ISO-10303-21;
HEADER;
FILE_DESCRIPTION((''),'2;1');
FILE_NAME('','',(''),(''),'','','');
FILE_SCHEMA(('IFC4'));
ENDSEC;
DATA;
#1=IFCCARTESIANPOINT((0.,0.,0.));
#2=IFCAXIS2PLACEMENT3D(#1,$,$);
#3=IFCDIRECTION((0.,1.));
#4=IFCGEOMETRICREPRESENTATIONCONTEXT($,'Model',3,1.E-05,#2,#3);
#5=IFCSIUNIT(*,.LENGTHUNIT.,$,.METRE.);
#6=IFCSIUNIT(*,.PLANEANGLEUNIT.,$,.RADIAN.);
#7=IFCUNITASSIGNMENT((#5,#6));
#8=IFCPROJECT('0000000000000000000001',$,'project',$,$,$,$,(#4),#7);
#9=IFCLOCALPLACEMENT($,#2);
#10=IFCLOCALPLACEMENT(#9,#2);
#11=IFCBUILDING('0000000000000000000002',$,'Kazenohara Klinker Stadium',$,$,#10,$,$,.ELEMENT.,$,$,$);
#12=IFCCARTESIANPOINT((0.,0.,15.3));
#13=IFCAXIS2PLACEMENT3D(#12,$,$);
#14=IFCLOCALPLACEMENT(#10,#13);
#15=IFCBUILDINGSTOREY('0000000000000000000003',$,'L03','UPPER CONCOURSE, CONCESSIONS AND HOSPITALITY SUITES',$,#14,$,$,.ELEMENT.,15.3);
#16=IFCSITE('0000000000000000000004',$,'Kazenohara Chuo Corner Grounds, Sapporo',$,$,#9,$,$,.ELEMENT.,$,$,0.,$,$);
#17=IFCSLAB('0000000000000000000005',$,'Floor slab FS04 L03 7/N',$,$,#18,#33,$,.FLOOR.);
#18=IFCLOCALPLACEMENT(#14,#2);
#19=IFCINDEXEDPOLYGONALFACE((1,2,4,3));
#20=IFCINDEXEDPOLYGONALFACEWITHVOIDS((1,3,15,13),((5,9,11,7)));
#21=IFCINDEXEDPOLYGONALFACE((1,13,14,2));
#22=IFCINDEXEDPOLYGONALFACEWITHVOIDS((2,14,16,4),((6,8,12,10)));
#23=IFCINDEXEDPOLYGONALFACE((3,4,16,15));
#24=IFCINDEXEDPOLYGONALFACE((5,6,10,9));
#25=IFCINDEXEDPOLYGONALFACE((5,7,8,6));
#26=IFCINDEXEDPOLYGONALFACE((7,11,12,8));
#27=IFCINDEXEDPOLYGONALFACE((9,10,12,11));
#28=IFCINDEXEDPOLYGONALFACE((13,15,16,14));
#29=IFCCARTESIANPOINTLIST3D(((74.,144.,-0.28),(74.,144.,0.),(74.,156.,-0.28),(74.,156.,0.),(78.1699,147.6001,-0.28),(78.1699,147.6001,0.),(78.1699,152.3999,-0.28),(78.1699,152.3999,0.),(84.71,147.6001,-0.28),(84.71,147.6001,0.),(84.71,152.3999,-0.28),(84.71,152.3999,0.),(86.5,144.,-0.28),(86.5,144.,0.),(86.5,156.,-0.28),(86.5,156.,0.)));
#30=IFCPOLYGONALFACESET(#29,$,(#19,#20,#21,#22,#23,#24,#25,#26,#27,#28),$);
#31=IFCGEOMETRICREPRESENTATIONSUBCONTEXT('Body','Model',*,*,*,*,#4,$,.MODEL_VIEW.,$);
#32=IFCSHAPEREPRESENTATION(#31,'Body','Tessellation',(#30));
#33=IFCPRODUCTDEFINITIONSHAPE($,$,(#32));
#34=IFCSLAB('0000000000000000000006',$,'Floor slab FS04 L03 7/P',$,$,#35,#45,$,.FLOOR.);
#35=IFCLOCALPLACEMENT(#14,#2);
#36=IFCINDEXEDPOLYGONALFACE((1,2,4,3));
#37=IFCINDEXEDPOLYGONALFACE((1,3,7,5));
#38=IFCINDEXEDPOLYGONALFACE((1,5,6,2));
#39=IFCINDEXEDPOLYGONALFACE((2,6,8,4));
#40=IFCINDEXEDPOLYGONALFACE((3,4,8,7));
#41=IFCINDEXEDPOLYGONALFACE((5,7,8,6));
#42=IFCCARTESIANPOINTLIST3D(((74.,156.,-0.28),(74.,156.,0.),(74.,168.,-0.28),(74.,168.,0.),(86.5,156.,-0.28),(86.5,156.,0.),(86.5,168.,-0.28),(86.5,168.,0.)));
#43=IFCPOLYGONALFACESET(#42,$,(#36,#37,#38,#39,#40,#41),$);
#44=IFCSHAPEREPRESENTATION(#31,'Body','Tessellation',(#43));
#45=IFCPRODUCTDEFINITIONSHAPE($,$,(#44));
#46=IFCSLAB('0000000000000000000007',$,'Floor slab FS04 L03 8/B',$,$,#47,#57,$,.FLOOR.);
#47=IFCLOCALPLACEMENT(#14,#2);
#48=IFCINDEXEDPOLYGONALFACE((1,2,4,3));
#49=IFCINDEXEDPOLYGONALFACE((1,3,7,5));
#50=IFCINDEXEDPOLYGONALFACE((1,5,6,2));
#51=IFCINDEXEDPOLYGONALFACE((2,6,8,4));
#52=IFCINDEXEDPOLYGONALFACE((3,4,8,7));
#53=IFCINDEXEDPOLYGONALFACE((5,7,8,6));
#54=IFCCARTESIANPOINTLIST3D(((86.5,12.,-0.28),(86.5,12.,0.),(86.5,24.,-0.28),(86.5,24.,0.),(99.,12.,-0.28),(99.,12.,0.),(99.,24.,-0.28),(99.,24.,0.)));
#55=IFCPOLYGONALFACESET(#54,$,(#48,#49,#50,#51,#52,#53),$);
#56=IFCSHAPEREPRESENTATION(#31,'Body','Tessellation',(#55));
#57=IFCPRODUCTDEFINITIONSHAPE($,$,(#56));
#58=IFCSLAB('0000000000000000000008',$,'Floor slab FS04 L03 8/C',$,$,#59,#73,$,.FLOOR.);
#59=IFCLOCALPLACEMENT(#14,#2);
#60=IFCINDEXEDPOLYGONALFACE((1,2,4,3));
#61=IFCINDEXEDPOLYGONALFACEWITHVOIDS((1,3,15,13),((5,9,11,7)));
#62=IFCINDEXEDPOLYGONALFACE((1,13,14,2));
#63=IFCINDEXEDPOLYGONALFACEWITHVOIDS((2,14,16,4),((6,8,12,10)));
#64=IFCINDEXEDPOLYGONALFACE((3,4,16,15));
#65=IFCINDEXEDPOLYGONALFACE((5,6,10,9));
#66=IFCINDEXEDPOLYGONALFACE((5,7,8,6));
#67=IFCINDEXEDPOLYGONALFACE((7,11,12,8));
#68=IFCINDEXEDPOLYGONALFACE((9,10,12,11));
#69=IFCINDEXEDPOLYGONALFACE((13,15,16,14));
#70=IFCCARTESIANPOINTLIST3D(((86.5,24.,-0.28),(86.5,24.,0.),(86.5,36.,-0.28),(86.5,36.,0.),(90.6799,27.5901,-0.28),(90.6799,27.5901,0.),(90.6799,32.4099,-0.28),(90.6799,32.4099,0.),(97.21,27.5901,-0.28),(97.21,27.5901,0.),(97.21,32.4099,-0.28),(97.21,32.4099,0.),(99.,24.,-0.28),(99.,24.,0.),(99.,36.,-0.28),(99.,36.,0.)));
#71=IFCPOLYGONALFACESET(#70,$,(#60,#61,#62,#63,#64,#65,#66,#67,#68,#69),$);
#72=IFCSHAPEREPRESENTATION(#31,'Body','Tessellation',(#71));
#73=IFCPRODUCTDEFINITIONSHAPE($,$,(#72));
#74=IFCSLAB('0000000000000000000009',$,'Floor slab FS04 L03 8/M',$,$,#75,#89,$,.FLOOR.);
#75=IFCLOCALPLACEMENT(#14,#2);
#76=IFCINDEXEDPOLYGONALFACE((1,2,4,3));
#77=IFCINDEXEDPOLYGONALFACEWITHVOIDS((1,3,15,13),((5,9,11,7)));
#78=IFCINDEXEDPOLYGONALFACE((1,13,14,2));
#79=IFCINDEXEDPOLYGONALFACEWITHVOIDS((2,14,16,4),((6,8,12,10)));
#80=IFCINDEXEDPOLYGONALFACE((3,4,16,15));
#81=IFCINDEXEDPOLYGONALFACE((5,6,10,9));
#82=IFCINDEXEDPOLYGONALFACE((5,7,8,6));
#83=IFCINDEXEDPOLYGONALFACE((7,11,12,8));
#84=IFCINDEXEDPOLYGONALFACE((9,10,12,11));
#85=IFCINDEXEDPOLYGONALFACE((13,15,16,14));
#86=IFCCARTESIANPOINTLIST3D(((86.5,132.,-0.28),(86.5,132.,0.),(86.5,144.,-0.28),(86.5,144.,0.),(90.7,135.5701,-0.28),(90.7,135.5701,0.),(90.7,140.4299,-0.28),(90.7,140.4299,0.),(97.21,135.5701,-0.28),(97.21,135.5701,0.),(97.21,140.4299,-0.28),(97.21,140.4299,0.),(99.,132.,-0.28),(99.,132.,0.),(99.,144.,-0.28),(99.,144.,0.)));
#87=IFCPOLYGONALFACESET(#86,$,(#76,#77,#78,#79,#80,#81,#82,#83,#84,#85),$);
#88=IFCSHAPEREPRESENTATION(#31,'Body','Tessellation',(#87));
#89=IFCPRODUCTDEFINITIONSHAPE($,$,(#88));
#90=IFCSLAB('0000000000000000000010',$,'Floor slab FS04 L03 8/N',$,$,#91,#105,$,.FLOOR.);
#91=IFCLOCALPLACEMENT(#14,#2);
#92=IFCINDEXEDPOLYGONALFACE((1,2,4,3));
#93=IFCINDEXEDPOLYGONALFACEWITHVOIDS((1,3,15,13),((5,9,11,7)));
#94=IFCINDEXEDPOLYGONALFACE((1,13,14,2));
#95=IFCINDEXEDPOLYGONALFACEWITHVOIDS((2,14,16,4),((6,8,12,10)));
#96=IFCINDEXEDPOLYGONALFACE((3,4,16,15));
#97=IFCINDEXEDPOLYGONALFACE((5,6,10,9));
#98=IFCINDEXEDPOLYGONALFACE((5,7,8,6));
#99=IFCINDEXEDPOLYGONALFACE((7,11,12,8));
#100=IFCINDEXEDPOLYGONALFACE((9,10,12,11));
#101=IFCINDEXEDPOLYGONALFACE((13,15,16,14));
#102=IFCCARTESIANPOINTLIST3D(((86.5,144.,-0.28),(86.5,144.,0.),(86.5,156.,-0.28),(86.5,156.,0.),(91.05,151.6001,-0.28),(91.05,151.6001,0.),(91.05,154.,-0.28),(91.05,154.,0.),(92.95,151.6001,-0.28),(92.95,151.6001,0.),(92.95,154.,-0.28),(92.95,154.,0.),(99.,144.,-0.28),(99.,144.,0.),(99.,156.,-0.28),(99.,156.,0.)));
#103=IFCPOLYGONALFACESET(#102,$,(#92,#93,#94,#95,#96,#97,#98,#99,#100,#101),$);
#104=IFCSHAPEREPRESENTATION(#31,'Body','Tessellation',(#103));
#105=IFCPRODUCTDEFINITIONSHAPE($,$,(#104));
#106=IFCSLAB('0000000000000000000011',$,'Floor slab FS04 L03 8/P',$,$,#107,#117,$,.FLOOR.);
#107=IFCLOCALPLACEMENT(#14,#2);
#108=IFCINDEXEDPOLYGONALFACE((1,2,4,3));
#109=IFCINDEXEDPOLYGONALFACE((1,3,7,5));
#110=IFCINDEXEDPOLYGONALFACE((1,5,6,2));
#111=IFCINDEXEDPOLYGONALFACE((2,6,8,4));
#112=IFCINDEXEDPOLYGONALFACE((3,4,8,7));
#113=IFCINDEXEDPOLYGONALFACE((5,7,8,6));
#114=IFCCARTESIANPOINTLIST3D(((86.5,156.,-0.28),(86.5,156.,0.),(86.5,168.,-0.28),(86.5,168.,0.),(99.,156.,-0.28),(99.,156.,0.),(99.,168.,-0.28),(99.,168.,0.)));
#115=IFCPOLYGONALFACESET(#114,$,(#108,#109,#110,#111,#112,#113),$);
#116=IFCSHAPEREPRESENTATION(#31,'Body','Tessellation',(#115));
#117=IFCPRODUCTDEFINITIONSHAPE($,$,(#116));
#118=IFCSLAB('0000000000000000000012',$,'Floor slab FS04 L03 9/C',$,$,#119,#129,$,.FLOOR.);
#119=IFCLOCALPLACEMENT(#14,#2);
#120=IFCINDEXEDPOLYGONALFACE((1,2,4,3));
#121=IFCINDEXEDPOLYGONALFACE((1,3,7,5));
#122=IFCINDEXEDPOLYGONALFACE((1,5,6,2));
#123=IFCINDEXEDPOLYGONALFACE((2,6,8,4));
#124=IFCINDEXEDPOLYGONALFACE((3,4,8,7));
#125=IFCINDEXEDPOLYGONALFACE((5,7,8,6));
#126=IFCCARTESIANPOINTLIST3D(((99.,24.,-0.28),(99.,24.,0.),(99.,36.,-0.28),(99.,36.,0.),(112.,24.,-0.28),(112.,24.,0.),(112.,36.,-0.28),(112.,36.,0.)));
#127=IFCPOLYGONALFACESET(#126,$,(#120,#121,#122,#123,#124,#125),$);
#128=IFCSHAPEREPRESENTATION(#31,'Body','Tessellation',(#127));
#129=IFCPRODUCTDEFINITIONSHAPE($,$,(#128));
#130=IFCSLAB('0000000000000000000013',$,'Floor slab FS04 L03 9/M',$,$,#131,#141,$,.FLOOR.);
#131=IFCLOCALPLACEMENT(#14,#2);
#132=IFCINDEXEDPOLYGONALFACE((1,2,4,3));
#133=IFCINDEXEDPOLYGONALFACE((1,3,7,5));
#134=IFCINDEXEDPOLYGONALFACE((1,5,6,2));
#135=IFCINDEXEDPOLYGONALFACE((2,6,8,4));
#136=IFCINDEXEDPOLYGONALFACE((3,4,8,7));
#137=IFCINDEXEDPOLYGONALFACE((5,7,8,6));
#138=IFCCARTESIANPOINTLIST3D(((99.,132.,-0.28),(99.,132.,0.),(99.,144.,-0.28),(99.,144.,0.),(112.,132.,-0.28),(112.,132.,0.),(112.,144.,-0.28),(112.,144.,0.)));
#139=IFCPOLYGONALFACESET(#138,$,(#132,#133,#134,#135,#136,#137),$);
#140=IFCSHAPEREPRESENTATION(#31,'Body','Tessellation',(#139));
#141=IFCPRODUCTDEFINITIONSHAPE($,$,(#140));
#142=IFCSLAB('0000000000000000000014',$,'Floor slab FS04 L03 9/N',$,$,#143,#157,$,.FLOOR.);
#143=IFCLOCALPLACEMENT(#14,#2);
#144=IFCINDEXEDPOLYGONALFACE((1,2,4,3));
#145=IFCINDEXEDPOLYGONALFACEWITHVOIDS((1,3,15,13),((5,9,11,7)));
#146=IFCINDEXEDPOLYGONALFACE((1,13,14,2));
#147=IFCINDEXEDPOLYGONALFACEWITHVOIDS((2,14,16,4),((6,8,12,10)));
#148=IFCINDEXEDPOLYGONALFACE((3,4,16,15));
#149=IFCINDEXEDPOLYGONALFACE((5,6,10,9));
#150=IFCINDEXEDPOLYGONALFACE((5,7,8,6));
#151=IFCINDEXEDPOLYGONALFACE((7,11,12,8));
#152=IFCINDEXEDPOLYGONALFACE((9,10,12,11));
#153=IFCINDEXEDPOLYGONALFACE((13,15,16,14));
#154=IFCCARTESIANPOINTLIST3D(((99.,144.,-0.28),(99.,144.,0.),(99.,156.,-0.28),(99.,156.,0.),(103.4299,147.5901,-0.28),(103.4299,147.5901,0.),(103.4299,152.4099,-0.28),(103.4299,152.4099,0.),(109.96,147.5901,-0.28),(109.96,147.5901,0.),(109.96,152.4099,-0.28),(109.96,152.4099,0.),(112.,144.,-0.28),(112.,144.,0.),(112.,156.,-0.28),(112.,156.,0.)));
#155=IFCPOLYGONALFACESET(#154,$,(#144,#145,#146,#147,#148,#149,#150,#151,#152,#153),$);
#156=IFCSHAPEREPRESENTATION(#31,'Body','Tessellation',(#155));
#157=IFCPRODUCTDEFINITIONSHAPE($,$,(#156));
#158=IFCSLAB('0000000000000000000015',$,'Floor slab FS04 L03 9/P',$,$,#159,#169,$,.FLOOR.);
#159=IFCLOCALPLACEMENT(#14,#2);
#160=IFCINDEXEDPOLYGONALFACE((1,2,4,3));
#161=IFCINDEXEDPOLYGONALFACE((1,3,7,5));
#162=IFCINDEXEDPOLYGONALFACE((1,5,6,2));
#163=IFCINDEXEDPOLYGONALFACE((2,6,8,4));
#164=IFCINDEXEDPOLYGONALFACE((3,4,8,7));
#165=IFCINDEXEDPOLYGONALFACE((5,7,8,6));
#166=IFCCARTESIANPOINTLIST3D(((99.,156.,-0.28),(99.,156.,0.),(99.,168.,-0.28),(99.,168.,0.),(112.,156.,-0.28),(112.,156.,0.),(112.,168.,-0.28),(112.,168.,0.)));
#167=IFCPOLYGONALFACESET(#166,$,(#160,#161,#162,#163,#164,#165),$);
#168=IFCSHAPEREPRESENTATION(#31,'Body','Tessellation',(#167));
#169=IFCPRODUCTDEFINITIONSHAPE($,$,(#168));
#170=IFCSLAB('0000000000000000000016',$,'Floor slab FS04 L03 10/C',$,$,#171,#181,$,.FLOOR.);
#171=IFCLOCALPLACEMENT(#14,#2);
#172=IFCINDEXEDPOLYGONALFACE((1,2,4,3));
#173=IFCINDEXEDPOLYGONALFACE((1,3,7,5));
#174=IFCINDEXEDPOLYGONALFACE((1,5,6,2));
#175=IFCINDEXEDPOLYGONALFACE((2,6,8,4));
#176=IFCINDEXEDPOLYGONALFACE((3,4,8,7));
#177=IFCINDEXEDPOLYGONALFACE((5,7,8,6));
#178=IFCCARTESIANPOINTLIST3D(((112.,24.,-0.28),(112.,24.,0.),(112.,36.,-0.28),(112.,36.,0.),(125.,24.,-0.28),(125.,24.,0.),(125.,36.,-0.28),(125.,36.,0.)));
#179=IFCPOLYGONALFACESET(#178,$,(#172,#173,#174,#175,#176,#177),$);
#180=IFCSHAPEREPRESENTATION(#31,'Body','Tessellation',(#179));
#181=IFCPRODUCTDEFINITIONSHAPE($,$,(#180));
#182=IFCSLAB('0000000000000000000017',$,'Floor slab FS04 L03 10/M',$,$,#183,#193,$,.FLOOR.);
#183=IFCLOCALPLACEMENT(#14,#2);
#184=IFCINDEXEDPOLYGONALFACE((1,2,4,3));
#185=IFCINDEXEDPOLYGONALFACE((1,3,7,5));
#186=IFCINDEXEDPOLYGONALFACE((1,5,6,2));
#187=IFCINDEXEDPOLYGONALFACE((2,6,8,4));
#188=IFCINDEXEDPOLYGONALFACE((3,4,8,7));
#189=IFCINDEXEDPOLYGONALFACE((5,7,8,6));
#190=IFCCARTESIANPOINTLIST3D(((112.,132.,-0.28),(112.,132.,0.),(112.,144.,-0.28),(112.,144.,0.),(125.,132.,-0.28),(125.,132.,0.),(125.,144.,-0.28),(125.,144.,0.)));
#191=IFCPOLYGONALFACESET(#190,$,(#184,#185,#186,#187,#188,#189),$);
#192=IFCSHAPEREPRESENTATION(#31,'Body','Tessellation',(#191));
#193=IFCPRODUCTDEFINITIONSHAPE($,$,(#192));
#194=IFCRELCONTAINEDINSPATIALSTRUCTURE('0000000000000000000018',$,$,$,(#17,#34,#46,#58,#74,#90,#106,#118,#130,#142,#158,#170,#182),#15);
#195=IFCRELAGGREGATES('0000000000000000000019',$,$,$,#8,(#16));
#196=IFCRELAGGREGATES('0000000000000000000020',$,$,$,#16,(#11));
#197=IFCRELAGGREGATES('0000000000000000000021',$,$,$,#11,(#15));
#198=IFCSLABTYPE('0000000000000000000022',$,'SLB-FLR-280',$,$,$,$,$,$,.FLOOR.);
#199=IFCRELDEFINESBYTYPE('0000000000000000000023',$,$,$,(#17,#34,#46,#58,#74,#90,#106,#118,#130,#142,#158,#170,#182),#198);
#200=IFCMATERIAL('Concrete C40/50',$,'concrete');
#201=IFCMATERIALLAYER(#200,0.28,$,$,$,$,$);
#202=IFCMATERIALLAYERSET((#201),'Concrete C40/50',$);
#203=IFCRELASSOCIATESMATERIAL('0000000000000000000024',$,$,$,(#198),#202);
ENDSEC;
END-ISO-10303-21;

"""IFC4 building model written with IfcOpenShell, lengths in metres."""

from ifc_helpers import new_model, si_unit, direction, frame, origin, place, context, subcontext, project, spatial, polyline, outline, extrude, material, layer, layer_set, type_object, element, save


model = new_model("IFC4")

# Units and contexts
model_context = context("Model", 3, precision=1e-05, world=origin(), true_north=direction((0.0, 1.0)))
body_context = subcontext(model_context, "Body", "Model", "MODEL_VIEW")
ifc_project = project(units=[si_unit("LENGTHUNIT", "METRE"), si_unit("PLANEANGLEUNIT", "RADIAN")], contexts=[model_context])

# Site, building, storey
site_placement = place(None, origin())
site = spatial("IfcSite", under=ifc_project, at=site_placement, Name="Kazenohara Chuo Corner Grounds, Sapporo", CompositionType="ELEMENT", RefElevation=0.0)
building_placement = place(site_placement, origin())
building = spatial("IfcBuilding", under=site, at=building_placement, Name="Kazenohara Klinker Stadium", CompositionType="ELEMENT")
storey_placement = place(building_placement, frame((0.0, 0.0, 15.3)))
storey = spatial("IfcBuildingStorey", under=building, at=storey_placement, Name="L03", Description="UPPER CONCOURSE, CONCESSIONS AND HOSPITALITY SUITES", CompositionType="ELEMENT", Elevation=15.3)

# Slabs
ifc_material = material(Name="Concrete C40/50", Category="concrete")
ifc_layer = layer(ifc_material, 0.28)
ifc_layer_set = layer_set([ifc_layer], Name="Concrete C40/50")
slab_type = type_object("IfcSlabType", Name="SLB-FLR-280", PredefinedType="FLOOR", material=ifc_layer_set)
slab_1_placement = place(storey_placement, frame((0.0, 0.0, -0.28)))
element("IfcSlab", 1, at=slab_1_placement, inside=storey, type_object=slab_type, Name="Floor slab FS04 L03 7/N", PredefinedType="FLOOR", context=body_context, shape_type="SweptSolid", body=[
    extrude(outline(polyline([(74.0, 144.0), (86.5, 144.0), (86.5, 156.0), (74.0, 156.0), (74.0, 144.0)]), holes=[polyline([(78.1699, 147.6001), (84.71, 147.6001), (84.71, 152.3999), (78.1699, 152.3999), (78.1699, 147.6001)])]), origin(), (0.0, 0.0, 1.0), 0.28),
])
slab_2_placement = place(storey_placement, frame((0.0, 0.0, -0.28)))
element("IfcSlab", 2, at=slab_2_placement, inside=storey, type_object=slab_type, Name="Floor slab FS04 L03 7/P", PredefinedType="FLOOR", context=body_context, shape_type="SweptSolid", body=[
    extrude(outline(polyline([(74.0, 156.0), (86.5, 156.0), (86.5, 168.0), (74.0, 168.0), (74.0, 156.0)])), origin(), (0.0, 0.0, 1.0), 0.28),
])
slab_3_placement = place(storey_placement, frame((0.0, 0.0, -0.28)))
element("IfcSlab", 3, at=slab_3_placement, inside=storey, type_object=slab_type, Name="Floor slab FS04 L03 8/B", PredefinedType="FLOOR", context=body_context, shape_type="SweptSolid", body=[
    extrude(outline(polyline([(86.5, 12.0), (99.0, 12.0), (99.0, 24.0), (86.5, 24.0), (86.5, 12.0)])), origin(), (0.0, 0.0, 1.0), 0.28),
])
slab_4_placement = place(storey_placement, frame((0.0, 0.0, -0.28)))
element("IfcSlab", 4, at=slab_4_placement, inside=storey, type_object=slab_type, Name="Floor slab FS04 L03 8/C", PredefinedType="FLOOR", context=body_context, shape_type="SweptSolid", body=[
    extrude(outline(polyline([(86.5, 24.0), (99.0, 24.0), (99.0, 36.0), (86.5, 36.0), (86.5, 24.0)]), holes=[polyline([(90.6799, 27.5901), (97.21, 27.5901), (97.21, 32.4099), (90.6799, 32.4099), (90.6799, 27.5901)])]), origin(), (0.0, 0.0, 1.0), 0.28),
])
slab_5_placement = place(storey_placement, frame((0.0, 0.0, -0.28)))
element("IfcSlab", 5, at=slab_5_placement, inside=storey, type_object=slab_type, Name="Floor slab FS04 L03 8/M", PredefinedType="FLOOR", context=body_context, shape_type="SweptSolid", body=[
    extrude(outline(polyline([(86.5, 132.0), (99.0, 132.0), (99.0, 144.0), (86.5, 144.0), (86.5, 132.0)]), holes=[polyline([(90.7, 135.5701), (97.21, 135.5701), (97.21, 140.4299), (90.7, 140.4299), (90.7, 135.5701)])]), origin(), (0.0, 0.0, 1.0), 0.28),
])
slab_6_placement = place(storey_placement, frame((0.0, 0.0, -0.28)))
element("IfcSlab", 6, at=slab_6_placement, inside=storey, type_object=slab_type, Name="Floor slab FS04 L03 8/N", PredefinedType="FLOOR", context=body_context, shape_type="SweptSolid", body=[
    extrude(outline(polyline([(86.5, 144.0), (99.0, 144.0), (99.0, 156.0), (86.5, 156.0), (86.5, 144.0)]), holes=[polyline([(91.05, 151.6001), (92.95, 151.6001), (92.95, 154.0), (91.05, 154.0), (91.05, 151.6001)])]), origin(), (0.0, 0.0, 1.0), 0.28),
])
slab_7_placement = place(storey_placement, frame((0.0, 0.0, -0.28)))
element("IfcSlab", 7, at=slab_7_placement, inside=storey, type_object=slab_type, Name="Floor slab FS04 L03 8/P", PredefinedType="FLOOR", context=body_context, shape_type="SweptSolid", body=[
    extrude(outline(polyline([(86.5, 156.0), (99.0, 156.0), (99.0, 168.0), (86.5, 168.0), (86.5, 156.0)])), origin(), (0.0, 0.0, 1.0), 0.28),
])
slab_8_placement = place(storey_placement, frame((0.0, 0.0, -0.28)))
element("IfcSlab", 8, at=slab_8_placement, inside=storey, type_object=slab_type, Name="Floor slab FS04 L03 9/C", PredefinedType="FLOOR", context=body_context, shape_type="SweptSolid", body=[
    extrude(outline(polyline([(99.0, 24.0), (112.0, 24.0), (112.0, 36.0), (99.0, 36.0), (99.0, 24.0)])), origin(), (0.0, 0.0, 1.0), 0.28),
])
slab_9_placement = place(storey_placement, frame((0.0, 0.0, -0.28)))
element("IfcSlab", 9, at=slab_9_placement, inside=storey, type_object=slab_type, Name="Floor slab FS04 L03 9/M", PredefinedType="FLOOR", context=body_context, shape_type="SweptSolid", body=[
    extrude(outline(polyline([(99.0, 132.0), (112.0, 132.0), (112.0, 144.0), (99.0, 144.0), (99.0, 132.0)])), origin(), (0.0, 0.0, 1.0), 0.28),
])
slab_10_placement = place(storey_placement, frame((0.0, 0.0, -0.28)))
element("IfcSlab", 10, at=slab_10_placement, inside=storey, type_object=slab_type, Name="Floor slab FS04 L03 9/N", PredefinedType="FLOOR", context=body_context, shape_type="SweptSolid", body=[
    extrude(outline(polyline([(99.0, 144.0), (112.0, 144.0), (112.0, 156.0), (99.0, 156.0), (99.0, 144.0)]), holes=[polyline([(103.4299, 147.5901), (109.96, 147.5901), (109.96, 152.4099), (103.4299, 152.4099), (103.4299, 147.5901)])]), origin(), (0.0, 0.0, 1.0), 0.28),
])
slab_11_placement = place(storey_placement, frame((0.0, 0.0, -0.28)))
element("IfcSlab", 11, at=slab_11_placement, inside=storey, type_object=slab_type, Name="Floor slab FS04 L03 9/P", PredefinedType="FLOOR", context=body_context, shape_type="SweptSolid", body=[
    extrude(outline(polyline([(99.0, 156.0), (112.0, 156.0), (112.0, 168.0), (99.0, 168.0), (99.0, 156.0)])), origin(), (0.0, 0.0, 1.0), 0.28),
])
slab_12_placement = place(storey_placement, frame((0.0, 0.0, -0.28)))
element("IfcSlab", 12, at=slab_12_placement, inside=storey, type_object=slab_type, Name="Floor slab FS04 L03 10/C", PredefinedType="FLOOR", context=body_context, shape_type="SweptSolid", body=[
    extrude(outline(polyline([(112.0, 24.0), (125.0, 24.0), (125.0, 36.0), (112.0, 36.0), (112.0, 24.0)])), origin(), (0.0, 0.0, 1.0), 0.28),
])
slab_13_placement = place(storey_placement, frame((0.0, 0.0, -0.28)))
element("IfcSlab", 13, at=slab_13_placement, inside=storey, type_object=slab_type, Name="Floor slab FS04 L03 10/M", PredefinedType="FLOOR", context=body_context, shape_type="SweptSolid", body=[
    extrude(outline(polyline([(112.0, 132.0), (125.0, 132.0), (125.0, 144.0), (112.0, 144.0), (112.0, 132.0)])), origin(), (0.0, 0.0, 1.0), 0.28),
])

save(model, "model.ifc")
